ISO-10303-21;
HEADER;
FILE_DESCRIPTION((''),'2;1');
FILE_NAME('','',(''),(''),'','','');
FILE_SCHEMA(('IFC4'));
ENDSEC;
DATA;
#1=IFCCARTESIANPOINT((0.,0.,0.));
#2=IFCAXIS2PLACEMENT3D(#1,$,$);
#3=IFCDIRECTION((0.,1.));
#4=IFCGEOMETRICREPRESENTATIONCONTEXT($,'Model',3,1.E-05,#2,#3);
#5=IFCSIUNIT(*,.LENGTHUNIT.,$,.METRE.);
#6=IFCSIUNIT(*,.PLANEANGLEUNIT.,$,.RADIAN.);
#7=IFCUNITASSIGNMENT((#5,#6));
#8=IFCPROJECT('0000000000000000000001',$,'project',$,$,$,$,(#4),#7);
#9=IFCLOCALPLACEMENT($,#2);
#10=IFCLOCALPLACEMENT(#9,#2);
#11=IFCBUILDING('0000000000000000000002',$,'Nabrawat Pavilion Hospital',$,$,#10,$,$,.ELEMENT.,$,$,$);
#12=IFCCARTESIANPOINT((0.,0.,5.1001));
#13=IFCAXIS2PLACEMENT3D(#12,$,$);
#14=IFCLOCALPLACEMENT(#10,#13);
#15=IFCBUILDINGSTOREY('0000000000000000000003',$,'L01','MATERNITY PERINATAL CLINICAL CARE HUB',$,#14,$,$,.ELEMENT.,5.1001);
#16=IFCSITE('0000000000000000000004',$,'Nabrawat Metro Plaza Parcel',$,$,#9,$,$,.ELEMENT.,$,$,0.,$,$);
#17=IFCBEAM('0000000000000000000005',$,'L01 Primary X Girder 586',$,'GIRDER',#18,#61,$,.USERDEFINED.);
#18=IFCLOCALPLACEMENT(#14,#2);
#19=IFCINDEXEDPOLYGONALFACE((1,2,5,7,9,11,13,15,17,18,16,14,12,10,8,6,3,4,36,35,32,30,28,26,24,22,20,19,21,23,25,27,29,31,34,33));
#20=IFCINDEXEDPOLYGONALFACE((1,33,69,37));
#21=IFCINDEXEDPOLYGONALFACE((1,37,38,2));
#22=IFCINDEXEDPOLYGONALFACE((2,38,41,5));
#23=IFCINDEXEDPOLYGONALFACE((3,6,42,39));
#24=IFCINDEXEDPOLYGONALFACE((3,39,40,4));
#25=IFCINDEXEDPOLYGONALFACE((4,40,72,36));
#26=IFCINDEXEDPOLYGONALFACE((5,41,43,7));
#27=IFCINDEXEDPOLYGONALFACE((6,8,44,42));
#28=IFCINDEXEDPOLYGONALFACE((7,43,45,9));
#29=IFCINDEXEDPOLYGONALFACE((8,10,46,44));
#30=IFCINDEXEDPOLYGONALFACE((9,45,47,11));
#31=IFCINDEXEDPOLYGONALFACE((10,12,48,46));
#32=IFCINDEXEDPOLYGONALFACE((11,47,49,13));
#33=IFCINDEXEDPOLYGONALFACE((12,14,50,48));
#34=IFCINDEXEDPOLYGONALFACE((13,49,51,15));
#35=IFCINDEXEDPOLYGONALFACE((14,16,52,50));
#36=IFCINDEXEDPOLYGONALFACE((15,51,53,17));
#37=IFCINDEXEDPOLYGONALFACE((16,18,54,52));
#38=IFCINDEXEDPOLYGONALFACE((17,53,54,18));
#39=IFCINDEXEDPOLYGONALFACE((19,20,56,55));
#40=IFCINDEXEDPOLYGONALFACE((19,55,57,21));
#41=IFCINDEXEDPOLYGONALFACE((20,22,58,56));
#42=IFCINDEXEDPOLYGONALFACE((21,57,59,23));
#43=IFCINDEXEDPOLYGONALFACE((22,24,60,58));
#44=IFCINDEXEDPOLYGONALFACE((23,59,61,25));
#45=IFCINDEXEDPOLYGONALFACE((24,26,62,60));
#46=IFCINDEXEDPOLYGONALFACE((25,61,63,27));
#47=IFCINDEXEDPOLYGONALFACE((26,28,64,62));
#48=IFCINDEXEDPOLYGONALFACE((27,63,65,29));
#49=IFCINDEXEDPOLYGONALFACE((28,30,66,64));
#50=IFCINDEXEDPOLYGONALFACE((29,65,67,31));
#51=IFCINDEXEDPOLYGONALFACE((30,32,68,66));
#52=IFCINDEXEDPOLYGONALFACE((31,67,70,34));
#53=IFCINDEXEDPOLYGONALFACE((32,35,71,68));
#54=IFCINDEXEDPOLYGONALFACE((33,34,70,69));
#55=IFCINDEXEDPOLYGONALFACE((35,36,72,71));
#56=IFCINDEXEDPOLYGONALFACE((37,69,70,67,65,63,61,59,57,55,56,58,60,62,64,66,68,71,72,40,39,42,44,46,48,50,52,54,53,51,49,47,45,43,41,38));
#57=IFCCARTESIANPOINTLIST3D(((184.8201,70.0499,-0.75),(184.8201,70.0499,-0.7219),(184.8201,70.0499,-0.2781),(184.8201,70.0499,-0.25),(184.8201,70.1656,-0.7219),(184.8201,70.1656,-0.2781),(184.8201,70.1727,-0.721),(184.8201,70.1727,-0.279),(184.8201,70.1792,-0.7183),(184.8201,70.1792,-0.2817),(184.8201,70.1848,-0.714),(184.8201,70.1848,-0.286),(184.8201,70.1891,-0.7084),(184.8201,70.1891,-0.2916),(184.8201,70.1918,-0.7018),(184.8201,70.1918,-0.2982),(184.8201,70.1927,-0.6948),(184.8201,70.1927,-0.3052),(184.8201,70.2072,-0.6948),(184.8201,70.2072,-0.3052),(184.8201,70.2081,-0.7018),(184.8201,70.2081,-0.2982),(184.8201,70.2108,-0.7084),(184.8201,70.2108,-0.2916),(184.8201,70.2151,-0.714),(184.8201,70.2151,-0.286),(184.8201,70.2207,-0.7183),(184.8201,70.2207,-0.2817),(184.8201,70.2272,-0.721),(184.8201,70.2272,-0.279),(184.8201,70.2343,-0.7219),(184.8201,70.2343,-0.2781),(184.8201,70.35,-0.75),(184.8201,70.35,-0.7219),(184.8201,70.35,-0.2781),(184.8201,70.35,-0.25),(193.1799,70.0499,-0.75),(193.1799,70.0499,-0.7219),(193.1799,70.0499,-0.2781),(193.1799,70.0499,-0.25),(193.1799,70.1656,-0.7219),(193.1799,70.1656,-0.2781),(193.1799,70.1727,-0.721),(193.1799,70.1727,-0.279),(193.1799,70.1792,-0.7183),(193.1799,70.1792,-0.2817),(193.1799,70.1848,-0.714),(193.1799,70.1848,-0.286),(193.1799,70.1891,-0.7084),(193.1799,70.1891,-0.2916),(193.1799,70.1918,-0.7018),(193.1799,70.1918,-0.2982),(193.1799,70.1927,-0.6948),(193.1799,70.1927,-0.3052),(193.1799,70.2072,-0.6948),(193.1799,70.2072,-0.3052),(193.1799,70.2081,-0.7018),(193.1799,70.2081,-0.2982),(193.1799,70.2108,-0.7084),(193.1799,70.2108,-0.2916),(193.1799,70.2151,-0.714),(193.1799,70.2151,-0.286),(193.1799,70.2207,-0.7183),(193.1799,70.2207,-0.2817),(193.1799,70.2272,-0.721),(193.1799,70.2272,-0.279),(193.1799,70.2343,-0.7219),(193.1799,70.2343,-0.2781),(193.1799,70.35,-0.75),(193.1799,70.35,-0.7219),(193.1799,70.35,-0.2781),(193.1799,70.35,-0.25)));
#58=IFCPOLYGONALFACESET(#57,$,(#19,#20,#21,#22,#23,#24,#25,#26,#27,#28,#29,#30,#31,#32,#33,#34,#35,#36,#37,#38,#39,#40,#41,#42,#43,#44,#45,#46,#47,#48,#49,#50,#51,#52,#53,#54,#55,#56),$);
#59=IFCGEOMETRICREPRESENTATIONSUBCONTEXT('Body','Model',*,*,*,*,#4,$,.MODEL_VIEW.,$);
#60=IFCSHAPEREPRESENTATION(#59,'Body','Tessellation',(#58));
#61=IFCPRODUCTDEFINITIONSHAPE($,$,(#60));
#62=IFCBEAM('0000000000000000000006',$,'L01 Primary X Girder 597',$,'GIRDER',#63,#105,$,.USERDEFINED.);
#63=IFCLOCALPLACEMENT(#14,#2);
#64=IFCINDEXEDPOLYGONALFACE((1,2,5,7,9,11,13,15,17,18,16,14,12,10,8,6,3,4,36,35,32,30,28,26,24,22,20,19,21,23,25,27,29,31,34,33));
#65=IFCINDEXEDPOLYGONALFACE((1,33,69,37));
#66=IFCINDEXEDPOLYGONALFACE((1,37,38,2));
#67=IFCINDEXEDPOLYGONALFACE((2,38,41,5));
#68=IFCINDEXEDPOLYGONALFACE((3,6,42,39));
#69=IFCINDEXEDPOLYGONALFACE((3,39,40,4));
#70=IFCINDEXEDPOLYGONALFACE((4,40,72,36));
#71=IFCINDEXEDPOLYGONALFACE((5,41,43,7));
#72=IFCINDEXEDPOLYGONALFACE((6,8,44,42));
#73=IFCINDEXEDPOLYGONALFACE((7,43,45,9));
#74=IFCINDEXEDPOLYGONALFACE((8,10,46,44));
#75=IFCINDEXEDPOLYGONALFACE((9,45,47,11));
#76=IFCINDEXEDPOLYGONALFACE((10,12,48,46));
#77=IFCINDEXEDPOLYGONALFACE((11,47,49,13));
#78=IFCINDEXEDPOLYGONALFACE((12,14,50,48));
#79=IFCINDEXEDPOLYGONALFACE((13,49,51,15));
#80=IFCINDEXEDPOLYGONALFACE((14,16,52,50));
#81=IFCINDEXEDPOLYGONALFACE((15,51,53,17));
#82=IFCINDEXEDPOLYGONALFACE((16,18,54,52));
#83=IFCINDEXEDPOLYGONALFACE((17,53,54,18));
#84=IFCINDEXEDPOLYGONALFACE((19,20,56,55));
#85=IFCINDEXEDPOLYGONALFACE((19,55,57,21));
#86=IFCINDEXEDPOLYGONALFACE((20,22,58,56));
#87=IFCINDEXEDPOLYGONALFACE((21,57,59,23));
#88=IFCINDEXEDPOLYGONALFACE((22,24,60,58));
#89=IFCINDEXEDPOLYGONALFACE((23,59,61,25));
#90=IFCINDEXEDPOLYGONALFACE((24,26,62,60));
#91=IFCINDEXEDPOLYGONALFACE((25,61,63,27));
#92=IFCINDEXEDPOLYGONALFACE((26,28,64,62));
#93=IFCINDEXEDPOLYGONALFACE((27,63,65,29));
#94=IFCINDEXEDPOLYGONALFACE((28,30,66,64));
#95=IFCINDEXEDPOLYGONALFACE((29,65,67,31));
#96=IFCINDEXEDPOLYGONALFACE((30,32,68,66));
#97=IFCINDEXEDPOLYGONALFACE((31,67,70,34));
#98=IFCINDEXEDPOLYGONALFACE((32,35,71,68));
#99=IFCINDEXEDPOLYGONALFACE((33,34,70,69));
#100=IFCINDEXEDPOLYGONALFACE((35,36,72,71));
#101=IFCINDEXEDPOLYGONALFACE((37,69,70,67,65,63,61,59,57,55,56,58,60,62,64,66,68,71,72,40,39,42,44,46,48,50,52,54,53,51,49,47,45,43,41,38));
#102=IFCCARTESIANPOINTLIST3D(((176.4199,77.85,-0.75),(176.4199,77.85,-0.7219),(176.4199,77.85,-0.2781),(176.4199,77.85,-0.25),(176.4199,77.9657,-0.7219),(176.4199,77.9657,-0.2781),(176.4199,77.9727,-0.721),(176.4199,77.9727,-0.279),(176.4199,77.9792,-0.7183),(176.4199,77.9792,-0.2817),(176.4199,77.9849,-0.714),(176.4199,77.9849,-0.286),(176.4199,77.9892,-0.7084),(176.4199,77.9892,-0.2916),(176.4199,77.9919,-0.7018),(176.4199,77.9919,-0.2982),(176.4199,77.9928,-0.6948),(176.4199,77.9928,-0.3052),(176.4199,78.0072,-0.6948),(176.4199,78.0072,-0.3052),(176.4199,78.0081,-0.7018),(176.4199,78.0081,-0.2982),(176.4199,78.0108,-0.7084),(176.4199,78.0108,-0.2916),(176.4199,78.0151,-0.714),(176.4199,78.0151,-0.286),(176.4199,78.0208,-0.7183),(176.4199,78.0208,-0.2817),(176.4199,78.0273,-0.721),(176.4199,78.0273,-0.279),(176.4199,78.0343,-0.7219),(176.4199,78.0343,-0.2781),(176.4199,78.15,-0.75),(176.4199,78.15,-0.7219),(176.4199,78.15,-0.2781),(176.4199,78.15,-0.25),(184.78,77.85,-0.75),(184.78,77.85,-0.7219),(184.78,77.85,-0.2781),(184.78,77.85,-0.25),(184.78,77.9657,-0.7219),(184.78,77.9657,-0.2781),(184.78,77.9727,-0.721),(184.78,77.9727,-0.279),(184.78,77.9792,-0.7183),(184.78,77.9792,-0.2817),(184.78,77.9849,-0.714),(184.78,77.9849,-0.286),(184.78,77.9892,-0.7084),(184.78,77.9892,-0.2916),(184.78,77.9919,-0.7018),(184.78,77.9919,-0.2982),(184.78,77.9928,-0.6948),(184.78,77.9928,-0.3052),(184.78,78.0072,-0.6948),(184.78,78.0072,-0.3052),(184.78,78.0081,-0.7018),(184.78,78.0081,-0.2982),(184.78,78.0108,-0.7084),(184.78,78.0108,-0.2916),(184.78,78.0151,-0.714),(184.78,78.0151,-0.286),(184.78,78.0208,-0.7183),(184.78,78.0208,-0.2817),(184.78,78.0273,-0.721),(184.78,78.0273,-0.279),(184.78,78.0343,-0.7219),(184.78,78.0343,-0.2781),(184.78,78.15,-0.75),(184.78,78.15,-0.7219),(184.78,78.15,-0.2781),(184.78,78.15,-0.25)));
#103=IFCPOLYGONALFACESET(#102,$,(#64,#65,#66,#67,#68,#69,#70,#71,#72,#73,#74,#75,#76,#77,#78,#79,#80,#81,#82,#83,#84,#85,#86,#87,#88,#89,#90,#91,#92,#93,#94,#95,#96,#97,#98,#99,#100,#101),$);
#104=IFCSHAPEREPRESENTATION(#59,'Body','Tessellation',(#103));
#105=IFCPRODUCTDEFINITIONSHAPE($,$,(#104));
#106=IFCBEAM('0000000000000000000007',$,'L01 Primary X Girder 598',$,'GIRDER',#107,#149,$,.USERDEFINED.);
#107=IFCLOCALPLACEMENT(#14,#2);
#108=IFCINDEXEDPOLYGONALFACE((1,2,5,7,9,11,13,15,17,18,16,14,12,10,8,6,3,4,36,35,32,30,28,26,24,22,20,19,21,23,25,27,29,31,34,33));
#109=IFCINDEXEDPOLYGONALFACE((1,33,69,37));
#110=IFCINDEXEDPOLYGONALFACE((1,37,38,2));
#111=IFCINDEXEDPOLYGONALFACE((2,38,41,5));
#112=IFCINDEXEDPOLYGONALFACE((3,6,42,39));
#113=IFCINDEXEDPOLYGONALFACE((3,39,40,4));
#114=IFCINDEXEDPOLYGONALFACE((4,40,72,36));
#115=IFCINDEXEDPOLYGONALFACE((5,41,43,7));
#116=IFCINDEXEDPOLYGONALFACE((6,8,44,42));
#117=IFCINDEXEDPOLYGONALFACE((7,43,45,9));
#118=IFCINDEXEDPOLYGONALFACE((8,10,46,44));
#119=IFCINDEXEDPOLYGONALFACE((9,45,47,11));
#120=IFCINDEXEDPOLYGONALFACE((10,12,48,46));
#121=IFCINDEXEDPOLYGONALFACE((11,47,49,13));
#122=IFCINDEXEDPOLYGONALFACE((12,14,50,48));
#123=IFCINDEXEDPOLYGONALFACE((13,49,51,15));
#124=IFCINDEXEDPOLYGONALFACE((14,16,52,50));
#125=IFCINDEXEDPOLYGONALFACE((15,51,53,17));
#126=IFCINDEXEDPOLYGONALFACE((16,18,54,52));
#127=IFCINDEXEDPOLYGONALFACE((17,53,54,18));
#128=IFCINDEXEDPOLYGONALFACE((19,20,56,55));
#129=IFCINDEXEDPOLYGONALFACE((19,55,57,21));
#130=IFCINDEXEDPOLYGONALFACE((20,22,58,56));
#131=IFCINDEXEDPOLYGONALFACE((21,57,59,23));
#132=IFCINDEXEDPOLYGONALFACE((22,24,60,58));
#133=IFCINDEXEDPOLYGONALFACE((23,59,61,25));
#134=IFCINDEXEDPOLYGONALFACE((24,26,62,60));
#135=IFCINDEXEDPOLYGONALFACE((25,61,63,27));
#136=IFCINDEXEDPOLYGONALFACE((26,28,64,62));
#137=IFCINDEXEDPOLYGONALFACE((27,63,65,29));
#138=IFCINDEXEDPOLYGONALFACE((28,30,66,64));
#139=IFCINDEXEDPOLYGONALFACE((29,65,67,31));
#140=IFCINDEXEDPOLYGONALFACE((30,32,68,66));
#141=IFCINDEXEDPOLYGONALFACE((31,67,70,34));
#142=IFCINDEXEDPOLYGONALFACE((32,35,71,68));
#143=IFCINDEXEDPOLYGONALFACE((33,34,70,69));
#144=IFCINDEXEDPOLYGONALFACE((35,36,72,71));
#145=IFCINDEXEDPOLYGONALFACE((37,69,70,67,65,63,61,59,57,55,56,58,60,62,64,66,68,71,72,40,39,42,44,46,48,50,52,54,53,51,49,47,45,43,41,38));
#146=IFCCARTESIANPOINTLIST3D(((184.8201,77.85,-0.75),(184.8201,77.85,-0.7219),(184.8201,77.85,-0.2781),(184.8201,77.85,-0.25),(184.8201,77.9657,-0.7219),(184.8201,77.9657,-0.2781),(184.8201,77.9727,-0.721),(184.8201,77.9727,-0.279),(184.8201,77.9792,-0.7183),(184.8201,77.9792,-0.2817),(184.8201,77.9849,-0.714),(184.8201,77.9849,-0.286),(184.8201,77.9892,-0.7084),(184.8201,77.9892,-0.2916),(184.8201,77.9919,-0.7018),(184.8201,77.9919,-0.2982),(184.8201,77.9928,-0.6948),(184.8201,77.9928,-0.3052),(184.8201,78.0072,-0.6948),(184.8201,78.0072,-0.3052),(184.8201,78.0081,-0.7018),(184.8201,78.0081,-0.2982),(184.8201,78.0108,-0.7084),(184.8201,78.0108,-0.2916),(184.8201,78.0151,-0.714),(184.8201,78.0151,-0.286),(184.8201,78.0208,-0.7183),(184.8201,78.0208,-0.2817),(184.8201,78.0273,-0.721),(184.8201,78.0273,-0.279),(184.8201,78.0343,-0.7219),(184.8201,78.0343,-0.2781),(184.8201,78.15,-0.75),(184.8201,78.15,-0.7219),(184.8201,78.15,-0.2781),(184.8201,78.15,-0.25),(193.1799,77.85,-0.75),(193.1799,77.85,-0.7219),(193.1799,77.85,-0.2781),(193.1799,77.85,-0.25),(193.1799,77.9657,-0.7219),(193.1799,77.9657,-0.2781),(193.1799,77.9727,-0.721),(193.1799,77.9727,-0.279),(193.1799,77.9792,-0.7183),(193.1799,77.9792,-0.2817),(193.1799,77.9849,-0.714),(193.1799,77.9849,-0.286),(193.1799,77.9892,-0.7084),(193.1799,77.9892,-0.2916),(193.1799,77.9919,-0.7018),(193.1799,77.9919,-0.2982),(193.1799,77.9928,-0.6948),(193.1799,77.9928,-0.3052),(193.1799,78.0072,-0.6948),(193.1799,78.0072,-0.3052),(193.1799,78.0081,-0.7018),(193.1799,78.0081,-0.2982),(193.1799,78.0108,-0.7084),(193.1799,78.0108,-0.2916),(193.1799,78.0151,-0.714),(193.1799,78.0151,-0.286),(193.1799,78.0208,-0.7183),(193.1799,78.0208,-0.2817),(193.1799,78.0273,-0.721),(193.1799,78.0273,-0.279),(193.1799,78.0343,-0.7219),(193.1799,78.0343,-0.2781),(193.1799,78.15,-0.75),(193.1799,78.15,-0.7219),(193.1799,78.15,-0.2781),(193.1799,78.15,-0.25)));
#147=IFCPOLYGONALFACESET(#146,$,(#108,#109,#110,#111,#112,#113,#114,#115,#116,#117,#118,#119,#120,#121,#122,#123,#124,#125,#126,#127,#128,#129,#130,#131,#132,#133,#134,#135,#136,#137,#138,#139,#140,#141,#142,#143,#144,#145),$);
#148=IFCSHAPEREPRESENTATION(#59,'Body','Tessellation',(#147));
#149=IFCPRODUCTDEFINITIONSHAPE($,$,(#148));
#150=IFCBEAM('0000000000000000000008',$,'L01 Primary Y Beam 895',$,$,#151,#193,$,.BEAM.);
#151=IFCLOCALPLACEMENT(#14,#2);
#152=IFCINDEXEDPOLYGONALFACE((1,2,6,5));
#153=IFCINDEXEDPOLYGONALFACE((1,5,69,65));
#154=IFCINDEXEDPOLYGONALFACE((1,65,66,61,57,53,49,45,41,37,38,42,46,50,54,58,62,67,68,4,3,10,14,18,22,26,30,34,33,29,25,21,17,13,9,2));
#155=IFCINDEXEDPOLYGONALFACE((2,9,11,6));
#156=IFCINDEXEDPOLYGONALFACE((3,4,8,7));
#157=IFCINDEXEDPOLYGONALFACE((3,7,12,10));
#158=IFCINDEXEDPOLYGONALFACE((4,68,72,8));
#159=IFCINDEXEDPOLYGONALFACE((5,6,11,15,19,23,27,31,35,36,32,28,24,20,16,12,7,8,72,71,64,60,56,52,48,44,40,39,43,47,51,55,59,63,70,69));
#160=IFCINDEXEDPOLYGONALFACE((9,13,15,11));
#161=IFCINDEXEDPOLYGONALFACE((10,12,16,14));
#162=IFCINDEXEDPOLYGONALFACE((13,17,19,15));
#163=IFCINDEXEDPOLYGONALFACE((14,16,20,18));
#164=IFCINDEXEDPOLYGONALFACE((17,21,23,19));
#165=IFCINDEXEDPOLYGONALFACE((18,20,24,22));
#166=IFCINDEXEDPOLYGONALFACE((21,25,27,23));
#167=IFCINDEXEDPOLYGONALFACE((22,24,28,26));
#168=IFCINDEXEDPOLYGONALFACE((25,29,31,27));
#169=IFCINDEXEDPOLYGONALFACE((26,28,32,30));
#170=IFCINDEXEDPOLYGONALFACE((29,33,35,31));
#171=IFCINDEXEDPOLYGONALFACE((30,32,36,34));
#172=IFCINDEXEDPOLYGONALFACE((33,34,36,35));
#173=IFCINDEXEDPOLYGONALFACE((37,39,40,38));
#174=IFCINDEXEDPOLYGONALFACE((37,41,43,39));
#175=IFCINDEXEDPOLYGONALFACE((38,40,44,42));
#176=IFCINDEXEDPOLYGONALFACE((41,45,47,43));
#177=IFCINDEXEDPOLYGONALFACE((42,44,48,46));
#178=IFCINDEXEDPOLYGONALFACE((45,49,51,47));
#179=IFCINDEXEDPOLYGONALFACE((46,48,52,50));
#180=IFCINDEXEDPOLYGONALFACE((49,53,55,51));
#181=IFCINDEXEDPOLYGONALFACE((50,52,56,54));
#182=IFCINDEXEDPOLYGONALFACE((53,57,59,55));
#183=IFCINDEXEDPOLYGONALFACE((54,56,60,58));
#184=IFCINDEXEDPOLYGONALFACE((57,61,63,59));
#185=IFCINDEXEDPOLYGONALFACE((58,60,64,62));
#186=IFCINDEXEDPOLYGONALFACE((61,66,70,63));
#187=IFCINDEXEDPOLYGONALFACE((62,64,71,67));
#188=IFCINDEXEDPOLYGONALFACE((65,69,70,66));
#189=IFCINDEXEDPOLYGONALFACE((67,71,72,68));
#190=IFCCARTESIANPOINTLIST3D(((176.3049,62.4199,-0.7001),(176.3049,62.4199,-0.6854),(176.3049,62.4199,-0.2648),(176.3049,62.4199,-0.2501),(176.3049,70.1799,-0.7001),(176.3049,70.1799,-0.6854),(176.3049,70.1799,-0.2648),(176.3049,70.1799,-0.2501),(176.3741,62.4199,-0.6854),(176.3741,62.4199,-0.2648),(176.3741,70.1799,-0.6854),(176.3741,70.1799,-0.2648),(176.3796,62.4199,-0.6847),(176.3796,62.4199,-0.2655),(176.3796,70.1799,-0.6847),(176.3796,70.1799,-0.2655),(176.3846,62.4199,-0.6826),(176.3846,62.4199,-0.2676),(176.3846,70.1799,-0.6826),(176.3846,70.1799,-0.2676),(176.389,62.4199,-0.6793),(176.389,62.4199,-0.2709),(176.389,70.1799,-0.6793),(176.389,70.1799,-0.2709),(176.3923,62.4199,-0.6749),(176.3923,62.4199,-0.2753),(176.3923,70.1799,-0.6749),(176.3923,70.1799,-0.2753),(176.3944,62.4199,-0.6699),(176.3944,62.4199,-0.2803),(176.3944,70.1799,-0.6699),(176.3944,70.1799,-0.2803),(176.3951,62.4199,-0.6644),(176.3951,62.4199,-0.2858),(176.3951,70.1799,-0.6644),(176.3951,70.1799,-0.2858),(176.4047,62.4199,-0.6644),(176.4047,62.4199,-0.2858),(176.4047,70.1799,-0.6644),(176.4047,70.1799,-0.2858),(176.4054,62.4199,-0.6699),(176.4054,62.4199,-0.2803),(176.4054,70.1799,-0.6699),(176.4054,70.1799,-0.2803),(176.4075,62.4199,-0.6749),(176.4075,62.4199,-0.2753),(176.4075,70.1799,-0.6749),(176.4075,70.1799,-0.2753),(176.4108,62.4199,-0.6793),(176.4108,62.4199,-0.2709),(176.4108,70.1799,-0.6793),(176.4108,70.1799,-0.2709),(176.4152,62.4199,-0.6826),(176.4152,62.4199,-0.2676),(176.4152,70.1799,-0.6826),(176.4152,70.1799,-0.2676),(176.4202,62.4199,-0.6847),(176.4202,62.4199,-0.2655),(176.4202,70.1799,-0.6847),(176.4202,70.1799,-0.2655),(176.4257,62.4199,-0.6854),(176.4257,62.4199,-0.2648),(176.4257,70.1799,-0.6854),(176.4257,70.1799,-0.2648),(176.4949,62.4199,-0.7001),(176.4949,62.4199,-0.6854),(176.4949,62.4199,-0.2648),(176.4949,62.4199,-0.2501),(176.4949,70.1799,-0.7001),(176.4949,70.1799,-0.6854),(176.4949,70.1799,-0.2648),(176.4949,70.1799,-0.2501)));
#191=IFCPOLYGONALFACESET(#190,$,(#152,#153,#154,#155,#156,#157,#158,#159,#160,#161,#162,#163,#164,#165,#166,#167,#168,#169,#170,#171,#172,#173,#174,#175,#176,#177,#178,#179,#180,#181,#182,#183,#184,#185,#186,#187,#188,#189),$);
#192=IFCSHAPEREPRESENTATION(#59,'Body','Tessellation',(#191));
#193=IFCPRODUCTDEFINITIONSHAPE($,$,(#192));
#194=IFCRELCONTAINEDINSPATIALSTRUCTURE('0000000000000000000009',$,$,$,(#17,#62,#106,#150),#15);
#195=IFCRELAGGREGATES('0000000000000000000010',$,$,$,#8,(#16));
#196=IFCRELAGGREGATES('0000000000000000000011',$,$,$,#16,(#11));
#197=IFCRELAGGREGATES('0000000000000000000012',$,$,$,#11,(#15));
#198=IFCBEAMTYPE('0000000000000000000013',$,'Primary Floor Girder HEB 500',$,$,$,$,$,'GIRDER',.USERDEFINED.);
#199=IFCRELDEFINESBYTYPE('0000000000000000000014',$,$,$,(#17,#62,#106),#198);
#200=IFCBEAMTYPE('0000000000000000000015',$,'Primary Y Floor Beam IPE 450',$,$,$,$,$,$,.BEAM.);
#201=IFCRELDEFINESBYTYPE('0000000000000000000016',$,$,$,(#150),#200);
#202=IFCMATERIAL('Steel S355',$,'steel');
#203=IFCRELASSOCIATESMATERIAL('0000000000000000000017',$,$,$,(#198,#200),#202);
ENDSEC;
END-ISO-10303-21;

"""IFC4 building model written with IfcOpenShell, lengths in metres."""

from ifc_helpers import new_model, si_unit, direction, frame, origin, origin_2d, place, context, subcontext, project, spatial, i_section, extrude, material, material_profile, profile_set, type_object, element, save


model = new_model("IFC4")

# Units and contexts
model_context = context("Model", 3, precision=1e-05, world=origin(), true_north=direction((0.0, 1.0)))
body_context = subcontext(model_context, "Body", "Model", "MODEL_VIEW")
ifc_project = project(units=[si_unit("LENGTHUNIT", "METRE"), si_unit("PLANEANGLEUNIT", "RADIAN")], contexts=[model_context])

# Site, building, storey
site_placement = place(None, origin())
site = spatial("IfcSite", under=ifc_project, at=site_placement, Name="Nabrawat Metro Plaza Parcel", CompositionType="ELEMENT", RefElevation=0.0)
building_placement = place(site_placement, origin())
building = spatial("IfcBuilding", under=site, at=building_placement, Name="Nabrawat Pavilion Hospital", CompositionType="ELEMENT")
storey_placement = place(building_placement, frame((0.0, 0.0, 5.1001)))
storey = spatial("IfcBuildingStorey", under=building, at=storey_placement, Name="L01", Description="MATERNITY PERINATAL CLINICAL CARE HUB", CompositionType="ELEMENT", Elevation=5.1001)

# Shared definitions
ifc_material_1 = material(Name="Steel S355", Category="steel")

# Beams
ifc_material_profile_1 = material_profile(ifc_material_1, i_section(OverallWidth=0.3, OverallDepth=0.5, WebThickness=0.0144, FlangeThickness=0.0281, FilletRadius=0.0271, at=origin_2d()), Name="HEB 500")
ifc_profile_set_1 = profile_set([ifc_material_profile_1], Name="Steel S355")
beam_type_1 = type_object("IfcBeamType", Name="Primary Floor Girder HEB 500", ElementType="GIRDER", PredefinedType="USERDEFINED", material=ifc_profile_set_1)
beam_1_placement = place(storey_placement, frame((184.8201, 70.2, -0.5), z_axis=(1.0, 0.0, 0.0), x_axis=(0.0, 1.0, 0.0)))
element("IfcBeam", 1, at=beam_1_placement, inside=storey, type_object=beam_type_1, Name="L01 Primary X Girder 586", ObjectType="GIRDER", PredefinedType="USERDEFINED", context=body_context, shape_type="SweptSolid", body=[
    extrude(i_section(OverallWidth=0.3, OverallDepth=0.5, WebThickness=0.0144, FlangeThickness=0.0281, FilletRadius=0.0271, at=origin_2d()), origin(), (0.0, 0.0, 1.0), 8.3599),
])
beam_2_placement = place(storey_placement, frame((176.4199, 78.0, -0.5), z_axis=(1.0, 0.0, 0.0), x_axis=(0.0, 1.0, 0.0)))
element("IfcBeam", 2, at=beam_2_placement, inside=storey, type_object=beam_type_1, Name="L01 Primary X Girder 597", ObjectType="GIRDER", PredefinedType="USERDEFINED", context=body_context, shape_type="SweptSolid", body=[
    extrude(i_section(OverallWidth=0.3, OverallDepth=0.5, WebThickness=0.0144, FlangeThickness=0.0281, FilletRadius=0.0271, at=origin_2d()), origin(), (0.0, 0.0, 1.0), 8.3601),
])
beam_3_placement = place(storey_placement, frame((184.8201, 78.0, -0.5), z_axis=(1.0, 0.0, 0.0), x_axis=(0.0, 1.0, 0.0)))
element("IfcBeam", 3, at=beam_3_placement, inside=storey, type_object=beam_type_1, Name="L01 Primary X Girder 598", ObjectType="GIRDER", PredefinedType="USERDEFINED", context=body_context, shape_type="SweptSolid", body=[
    extrude(i_section(OverallWidth=0.3, OverallDepth=0.5, WebThickness=0.0144, FlangeThickness=0.0281, FilletRadius=0.0271, at=origin_2d()), origin(), (0.0, 0.0, 1.0), 8.3599),
])
ifc_material_profile_2 = material_profile(ifc_material_1, i_section(OverallWidth=0.1899, OverallDepth=0.45, WebThickness=0.0095, FlangeThickness=0.0146, FilletRadius=0.021, at=origin_2d()), Name="IPE 450")
ifc_profile_set_2 = profile_set([ifc_material_profile_2], Name="Steel S355")
beam_type_2 = type_object("IfcBeamType", Name="Primary Y Floor Beam IPE 450", PredefinedType="BEAM", material=ifc_profile_set_2)
for number, where, z_axis, x_axis, name in (
    (4, (176.3999, 62.4199, -0.4751), (0.0, 1.0, 0.0), (-1.0, 0.0, 0.0), "L01 Primary Y Beam 895"),
):
    element("IfcBeam", number, at=place(storey_placement, frame(where, z_axis=z_axis, x_axis=x_axis)), inside=storey, type_object=beam_type_2, Name=name, PredefinedType="BEAM", context=body_context, shape_type="SweptSolid", body=[
        extrude(i_section(OverallWidth=0.1899, OverallDepth=0.45, WebThickness=0.0095, FlangeThickness=0.0146, FilletRadius=0.021, at=origin_2d()), origin(), (0.0, 0.0, 1.0), 7.76),
    ])

save(model, "model.ifc")
